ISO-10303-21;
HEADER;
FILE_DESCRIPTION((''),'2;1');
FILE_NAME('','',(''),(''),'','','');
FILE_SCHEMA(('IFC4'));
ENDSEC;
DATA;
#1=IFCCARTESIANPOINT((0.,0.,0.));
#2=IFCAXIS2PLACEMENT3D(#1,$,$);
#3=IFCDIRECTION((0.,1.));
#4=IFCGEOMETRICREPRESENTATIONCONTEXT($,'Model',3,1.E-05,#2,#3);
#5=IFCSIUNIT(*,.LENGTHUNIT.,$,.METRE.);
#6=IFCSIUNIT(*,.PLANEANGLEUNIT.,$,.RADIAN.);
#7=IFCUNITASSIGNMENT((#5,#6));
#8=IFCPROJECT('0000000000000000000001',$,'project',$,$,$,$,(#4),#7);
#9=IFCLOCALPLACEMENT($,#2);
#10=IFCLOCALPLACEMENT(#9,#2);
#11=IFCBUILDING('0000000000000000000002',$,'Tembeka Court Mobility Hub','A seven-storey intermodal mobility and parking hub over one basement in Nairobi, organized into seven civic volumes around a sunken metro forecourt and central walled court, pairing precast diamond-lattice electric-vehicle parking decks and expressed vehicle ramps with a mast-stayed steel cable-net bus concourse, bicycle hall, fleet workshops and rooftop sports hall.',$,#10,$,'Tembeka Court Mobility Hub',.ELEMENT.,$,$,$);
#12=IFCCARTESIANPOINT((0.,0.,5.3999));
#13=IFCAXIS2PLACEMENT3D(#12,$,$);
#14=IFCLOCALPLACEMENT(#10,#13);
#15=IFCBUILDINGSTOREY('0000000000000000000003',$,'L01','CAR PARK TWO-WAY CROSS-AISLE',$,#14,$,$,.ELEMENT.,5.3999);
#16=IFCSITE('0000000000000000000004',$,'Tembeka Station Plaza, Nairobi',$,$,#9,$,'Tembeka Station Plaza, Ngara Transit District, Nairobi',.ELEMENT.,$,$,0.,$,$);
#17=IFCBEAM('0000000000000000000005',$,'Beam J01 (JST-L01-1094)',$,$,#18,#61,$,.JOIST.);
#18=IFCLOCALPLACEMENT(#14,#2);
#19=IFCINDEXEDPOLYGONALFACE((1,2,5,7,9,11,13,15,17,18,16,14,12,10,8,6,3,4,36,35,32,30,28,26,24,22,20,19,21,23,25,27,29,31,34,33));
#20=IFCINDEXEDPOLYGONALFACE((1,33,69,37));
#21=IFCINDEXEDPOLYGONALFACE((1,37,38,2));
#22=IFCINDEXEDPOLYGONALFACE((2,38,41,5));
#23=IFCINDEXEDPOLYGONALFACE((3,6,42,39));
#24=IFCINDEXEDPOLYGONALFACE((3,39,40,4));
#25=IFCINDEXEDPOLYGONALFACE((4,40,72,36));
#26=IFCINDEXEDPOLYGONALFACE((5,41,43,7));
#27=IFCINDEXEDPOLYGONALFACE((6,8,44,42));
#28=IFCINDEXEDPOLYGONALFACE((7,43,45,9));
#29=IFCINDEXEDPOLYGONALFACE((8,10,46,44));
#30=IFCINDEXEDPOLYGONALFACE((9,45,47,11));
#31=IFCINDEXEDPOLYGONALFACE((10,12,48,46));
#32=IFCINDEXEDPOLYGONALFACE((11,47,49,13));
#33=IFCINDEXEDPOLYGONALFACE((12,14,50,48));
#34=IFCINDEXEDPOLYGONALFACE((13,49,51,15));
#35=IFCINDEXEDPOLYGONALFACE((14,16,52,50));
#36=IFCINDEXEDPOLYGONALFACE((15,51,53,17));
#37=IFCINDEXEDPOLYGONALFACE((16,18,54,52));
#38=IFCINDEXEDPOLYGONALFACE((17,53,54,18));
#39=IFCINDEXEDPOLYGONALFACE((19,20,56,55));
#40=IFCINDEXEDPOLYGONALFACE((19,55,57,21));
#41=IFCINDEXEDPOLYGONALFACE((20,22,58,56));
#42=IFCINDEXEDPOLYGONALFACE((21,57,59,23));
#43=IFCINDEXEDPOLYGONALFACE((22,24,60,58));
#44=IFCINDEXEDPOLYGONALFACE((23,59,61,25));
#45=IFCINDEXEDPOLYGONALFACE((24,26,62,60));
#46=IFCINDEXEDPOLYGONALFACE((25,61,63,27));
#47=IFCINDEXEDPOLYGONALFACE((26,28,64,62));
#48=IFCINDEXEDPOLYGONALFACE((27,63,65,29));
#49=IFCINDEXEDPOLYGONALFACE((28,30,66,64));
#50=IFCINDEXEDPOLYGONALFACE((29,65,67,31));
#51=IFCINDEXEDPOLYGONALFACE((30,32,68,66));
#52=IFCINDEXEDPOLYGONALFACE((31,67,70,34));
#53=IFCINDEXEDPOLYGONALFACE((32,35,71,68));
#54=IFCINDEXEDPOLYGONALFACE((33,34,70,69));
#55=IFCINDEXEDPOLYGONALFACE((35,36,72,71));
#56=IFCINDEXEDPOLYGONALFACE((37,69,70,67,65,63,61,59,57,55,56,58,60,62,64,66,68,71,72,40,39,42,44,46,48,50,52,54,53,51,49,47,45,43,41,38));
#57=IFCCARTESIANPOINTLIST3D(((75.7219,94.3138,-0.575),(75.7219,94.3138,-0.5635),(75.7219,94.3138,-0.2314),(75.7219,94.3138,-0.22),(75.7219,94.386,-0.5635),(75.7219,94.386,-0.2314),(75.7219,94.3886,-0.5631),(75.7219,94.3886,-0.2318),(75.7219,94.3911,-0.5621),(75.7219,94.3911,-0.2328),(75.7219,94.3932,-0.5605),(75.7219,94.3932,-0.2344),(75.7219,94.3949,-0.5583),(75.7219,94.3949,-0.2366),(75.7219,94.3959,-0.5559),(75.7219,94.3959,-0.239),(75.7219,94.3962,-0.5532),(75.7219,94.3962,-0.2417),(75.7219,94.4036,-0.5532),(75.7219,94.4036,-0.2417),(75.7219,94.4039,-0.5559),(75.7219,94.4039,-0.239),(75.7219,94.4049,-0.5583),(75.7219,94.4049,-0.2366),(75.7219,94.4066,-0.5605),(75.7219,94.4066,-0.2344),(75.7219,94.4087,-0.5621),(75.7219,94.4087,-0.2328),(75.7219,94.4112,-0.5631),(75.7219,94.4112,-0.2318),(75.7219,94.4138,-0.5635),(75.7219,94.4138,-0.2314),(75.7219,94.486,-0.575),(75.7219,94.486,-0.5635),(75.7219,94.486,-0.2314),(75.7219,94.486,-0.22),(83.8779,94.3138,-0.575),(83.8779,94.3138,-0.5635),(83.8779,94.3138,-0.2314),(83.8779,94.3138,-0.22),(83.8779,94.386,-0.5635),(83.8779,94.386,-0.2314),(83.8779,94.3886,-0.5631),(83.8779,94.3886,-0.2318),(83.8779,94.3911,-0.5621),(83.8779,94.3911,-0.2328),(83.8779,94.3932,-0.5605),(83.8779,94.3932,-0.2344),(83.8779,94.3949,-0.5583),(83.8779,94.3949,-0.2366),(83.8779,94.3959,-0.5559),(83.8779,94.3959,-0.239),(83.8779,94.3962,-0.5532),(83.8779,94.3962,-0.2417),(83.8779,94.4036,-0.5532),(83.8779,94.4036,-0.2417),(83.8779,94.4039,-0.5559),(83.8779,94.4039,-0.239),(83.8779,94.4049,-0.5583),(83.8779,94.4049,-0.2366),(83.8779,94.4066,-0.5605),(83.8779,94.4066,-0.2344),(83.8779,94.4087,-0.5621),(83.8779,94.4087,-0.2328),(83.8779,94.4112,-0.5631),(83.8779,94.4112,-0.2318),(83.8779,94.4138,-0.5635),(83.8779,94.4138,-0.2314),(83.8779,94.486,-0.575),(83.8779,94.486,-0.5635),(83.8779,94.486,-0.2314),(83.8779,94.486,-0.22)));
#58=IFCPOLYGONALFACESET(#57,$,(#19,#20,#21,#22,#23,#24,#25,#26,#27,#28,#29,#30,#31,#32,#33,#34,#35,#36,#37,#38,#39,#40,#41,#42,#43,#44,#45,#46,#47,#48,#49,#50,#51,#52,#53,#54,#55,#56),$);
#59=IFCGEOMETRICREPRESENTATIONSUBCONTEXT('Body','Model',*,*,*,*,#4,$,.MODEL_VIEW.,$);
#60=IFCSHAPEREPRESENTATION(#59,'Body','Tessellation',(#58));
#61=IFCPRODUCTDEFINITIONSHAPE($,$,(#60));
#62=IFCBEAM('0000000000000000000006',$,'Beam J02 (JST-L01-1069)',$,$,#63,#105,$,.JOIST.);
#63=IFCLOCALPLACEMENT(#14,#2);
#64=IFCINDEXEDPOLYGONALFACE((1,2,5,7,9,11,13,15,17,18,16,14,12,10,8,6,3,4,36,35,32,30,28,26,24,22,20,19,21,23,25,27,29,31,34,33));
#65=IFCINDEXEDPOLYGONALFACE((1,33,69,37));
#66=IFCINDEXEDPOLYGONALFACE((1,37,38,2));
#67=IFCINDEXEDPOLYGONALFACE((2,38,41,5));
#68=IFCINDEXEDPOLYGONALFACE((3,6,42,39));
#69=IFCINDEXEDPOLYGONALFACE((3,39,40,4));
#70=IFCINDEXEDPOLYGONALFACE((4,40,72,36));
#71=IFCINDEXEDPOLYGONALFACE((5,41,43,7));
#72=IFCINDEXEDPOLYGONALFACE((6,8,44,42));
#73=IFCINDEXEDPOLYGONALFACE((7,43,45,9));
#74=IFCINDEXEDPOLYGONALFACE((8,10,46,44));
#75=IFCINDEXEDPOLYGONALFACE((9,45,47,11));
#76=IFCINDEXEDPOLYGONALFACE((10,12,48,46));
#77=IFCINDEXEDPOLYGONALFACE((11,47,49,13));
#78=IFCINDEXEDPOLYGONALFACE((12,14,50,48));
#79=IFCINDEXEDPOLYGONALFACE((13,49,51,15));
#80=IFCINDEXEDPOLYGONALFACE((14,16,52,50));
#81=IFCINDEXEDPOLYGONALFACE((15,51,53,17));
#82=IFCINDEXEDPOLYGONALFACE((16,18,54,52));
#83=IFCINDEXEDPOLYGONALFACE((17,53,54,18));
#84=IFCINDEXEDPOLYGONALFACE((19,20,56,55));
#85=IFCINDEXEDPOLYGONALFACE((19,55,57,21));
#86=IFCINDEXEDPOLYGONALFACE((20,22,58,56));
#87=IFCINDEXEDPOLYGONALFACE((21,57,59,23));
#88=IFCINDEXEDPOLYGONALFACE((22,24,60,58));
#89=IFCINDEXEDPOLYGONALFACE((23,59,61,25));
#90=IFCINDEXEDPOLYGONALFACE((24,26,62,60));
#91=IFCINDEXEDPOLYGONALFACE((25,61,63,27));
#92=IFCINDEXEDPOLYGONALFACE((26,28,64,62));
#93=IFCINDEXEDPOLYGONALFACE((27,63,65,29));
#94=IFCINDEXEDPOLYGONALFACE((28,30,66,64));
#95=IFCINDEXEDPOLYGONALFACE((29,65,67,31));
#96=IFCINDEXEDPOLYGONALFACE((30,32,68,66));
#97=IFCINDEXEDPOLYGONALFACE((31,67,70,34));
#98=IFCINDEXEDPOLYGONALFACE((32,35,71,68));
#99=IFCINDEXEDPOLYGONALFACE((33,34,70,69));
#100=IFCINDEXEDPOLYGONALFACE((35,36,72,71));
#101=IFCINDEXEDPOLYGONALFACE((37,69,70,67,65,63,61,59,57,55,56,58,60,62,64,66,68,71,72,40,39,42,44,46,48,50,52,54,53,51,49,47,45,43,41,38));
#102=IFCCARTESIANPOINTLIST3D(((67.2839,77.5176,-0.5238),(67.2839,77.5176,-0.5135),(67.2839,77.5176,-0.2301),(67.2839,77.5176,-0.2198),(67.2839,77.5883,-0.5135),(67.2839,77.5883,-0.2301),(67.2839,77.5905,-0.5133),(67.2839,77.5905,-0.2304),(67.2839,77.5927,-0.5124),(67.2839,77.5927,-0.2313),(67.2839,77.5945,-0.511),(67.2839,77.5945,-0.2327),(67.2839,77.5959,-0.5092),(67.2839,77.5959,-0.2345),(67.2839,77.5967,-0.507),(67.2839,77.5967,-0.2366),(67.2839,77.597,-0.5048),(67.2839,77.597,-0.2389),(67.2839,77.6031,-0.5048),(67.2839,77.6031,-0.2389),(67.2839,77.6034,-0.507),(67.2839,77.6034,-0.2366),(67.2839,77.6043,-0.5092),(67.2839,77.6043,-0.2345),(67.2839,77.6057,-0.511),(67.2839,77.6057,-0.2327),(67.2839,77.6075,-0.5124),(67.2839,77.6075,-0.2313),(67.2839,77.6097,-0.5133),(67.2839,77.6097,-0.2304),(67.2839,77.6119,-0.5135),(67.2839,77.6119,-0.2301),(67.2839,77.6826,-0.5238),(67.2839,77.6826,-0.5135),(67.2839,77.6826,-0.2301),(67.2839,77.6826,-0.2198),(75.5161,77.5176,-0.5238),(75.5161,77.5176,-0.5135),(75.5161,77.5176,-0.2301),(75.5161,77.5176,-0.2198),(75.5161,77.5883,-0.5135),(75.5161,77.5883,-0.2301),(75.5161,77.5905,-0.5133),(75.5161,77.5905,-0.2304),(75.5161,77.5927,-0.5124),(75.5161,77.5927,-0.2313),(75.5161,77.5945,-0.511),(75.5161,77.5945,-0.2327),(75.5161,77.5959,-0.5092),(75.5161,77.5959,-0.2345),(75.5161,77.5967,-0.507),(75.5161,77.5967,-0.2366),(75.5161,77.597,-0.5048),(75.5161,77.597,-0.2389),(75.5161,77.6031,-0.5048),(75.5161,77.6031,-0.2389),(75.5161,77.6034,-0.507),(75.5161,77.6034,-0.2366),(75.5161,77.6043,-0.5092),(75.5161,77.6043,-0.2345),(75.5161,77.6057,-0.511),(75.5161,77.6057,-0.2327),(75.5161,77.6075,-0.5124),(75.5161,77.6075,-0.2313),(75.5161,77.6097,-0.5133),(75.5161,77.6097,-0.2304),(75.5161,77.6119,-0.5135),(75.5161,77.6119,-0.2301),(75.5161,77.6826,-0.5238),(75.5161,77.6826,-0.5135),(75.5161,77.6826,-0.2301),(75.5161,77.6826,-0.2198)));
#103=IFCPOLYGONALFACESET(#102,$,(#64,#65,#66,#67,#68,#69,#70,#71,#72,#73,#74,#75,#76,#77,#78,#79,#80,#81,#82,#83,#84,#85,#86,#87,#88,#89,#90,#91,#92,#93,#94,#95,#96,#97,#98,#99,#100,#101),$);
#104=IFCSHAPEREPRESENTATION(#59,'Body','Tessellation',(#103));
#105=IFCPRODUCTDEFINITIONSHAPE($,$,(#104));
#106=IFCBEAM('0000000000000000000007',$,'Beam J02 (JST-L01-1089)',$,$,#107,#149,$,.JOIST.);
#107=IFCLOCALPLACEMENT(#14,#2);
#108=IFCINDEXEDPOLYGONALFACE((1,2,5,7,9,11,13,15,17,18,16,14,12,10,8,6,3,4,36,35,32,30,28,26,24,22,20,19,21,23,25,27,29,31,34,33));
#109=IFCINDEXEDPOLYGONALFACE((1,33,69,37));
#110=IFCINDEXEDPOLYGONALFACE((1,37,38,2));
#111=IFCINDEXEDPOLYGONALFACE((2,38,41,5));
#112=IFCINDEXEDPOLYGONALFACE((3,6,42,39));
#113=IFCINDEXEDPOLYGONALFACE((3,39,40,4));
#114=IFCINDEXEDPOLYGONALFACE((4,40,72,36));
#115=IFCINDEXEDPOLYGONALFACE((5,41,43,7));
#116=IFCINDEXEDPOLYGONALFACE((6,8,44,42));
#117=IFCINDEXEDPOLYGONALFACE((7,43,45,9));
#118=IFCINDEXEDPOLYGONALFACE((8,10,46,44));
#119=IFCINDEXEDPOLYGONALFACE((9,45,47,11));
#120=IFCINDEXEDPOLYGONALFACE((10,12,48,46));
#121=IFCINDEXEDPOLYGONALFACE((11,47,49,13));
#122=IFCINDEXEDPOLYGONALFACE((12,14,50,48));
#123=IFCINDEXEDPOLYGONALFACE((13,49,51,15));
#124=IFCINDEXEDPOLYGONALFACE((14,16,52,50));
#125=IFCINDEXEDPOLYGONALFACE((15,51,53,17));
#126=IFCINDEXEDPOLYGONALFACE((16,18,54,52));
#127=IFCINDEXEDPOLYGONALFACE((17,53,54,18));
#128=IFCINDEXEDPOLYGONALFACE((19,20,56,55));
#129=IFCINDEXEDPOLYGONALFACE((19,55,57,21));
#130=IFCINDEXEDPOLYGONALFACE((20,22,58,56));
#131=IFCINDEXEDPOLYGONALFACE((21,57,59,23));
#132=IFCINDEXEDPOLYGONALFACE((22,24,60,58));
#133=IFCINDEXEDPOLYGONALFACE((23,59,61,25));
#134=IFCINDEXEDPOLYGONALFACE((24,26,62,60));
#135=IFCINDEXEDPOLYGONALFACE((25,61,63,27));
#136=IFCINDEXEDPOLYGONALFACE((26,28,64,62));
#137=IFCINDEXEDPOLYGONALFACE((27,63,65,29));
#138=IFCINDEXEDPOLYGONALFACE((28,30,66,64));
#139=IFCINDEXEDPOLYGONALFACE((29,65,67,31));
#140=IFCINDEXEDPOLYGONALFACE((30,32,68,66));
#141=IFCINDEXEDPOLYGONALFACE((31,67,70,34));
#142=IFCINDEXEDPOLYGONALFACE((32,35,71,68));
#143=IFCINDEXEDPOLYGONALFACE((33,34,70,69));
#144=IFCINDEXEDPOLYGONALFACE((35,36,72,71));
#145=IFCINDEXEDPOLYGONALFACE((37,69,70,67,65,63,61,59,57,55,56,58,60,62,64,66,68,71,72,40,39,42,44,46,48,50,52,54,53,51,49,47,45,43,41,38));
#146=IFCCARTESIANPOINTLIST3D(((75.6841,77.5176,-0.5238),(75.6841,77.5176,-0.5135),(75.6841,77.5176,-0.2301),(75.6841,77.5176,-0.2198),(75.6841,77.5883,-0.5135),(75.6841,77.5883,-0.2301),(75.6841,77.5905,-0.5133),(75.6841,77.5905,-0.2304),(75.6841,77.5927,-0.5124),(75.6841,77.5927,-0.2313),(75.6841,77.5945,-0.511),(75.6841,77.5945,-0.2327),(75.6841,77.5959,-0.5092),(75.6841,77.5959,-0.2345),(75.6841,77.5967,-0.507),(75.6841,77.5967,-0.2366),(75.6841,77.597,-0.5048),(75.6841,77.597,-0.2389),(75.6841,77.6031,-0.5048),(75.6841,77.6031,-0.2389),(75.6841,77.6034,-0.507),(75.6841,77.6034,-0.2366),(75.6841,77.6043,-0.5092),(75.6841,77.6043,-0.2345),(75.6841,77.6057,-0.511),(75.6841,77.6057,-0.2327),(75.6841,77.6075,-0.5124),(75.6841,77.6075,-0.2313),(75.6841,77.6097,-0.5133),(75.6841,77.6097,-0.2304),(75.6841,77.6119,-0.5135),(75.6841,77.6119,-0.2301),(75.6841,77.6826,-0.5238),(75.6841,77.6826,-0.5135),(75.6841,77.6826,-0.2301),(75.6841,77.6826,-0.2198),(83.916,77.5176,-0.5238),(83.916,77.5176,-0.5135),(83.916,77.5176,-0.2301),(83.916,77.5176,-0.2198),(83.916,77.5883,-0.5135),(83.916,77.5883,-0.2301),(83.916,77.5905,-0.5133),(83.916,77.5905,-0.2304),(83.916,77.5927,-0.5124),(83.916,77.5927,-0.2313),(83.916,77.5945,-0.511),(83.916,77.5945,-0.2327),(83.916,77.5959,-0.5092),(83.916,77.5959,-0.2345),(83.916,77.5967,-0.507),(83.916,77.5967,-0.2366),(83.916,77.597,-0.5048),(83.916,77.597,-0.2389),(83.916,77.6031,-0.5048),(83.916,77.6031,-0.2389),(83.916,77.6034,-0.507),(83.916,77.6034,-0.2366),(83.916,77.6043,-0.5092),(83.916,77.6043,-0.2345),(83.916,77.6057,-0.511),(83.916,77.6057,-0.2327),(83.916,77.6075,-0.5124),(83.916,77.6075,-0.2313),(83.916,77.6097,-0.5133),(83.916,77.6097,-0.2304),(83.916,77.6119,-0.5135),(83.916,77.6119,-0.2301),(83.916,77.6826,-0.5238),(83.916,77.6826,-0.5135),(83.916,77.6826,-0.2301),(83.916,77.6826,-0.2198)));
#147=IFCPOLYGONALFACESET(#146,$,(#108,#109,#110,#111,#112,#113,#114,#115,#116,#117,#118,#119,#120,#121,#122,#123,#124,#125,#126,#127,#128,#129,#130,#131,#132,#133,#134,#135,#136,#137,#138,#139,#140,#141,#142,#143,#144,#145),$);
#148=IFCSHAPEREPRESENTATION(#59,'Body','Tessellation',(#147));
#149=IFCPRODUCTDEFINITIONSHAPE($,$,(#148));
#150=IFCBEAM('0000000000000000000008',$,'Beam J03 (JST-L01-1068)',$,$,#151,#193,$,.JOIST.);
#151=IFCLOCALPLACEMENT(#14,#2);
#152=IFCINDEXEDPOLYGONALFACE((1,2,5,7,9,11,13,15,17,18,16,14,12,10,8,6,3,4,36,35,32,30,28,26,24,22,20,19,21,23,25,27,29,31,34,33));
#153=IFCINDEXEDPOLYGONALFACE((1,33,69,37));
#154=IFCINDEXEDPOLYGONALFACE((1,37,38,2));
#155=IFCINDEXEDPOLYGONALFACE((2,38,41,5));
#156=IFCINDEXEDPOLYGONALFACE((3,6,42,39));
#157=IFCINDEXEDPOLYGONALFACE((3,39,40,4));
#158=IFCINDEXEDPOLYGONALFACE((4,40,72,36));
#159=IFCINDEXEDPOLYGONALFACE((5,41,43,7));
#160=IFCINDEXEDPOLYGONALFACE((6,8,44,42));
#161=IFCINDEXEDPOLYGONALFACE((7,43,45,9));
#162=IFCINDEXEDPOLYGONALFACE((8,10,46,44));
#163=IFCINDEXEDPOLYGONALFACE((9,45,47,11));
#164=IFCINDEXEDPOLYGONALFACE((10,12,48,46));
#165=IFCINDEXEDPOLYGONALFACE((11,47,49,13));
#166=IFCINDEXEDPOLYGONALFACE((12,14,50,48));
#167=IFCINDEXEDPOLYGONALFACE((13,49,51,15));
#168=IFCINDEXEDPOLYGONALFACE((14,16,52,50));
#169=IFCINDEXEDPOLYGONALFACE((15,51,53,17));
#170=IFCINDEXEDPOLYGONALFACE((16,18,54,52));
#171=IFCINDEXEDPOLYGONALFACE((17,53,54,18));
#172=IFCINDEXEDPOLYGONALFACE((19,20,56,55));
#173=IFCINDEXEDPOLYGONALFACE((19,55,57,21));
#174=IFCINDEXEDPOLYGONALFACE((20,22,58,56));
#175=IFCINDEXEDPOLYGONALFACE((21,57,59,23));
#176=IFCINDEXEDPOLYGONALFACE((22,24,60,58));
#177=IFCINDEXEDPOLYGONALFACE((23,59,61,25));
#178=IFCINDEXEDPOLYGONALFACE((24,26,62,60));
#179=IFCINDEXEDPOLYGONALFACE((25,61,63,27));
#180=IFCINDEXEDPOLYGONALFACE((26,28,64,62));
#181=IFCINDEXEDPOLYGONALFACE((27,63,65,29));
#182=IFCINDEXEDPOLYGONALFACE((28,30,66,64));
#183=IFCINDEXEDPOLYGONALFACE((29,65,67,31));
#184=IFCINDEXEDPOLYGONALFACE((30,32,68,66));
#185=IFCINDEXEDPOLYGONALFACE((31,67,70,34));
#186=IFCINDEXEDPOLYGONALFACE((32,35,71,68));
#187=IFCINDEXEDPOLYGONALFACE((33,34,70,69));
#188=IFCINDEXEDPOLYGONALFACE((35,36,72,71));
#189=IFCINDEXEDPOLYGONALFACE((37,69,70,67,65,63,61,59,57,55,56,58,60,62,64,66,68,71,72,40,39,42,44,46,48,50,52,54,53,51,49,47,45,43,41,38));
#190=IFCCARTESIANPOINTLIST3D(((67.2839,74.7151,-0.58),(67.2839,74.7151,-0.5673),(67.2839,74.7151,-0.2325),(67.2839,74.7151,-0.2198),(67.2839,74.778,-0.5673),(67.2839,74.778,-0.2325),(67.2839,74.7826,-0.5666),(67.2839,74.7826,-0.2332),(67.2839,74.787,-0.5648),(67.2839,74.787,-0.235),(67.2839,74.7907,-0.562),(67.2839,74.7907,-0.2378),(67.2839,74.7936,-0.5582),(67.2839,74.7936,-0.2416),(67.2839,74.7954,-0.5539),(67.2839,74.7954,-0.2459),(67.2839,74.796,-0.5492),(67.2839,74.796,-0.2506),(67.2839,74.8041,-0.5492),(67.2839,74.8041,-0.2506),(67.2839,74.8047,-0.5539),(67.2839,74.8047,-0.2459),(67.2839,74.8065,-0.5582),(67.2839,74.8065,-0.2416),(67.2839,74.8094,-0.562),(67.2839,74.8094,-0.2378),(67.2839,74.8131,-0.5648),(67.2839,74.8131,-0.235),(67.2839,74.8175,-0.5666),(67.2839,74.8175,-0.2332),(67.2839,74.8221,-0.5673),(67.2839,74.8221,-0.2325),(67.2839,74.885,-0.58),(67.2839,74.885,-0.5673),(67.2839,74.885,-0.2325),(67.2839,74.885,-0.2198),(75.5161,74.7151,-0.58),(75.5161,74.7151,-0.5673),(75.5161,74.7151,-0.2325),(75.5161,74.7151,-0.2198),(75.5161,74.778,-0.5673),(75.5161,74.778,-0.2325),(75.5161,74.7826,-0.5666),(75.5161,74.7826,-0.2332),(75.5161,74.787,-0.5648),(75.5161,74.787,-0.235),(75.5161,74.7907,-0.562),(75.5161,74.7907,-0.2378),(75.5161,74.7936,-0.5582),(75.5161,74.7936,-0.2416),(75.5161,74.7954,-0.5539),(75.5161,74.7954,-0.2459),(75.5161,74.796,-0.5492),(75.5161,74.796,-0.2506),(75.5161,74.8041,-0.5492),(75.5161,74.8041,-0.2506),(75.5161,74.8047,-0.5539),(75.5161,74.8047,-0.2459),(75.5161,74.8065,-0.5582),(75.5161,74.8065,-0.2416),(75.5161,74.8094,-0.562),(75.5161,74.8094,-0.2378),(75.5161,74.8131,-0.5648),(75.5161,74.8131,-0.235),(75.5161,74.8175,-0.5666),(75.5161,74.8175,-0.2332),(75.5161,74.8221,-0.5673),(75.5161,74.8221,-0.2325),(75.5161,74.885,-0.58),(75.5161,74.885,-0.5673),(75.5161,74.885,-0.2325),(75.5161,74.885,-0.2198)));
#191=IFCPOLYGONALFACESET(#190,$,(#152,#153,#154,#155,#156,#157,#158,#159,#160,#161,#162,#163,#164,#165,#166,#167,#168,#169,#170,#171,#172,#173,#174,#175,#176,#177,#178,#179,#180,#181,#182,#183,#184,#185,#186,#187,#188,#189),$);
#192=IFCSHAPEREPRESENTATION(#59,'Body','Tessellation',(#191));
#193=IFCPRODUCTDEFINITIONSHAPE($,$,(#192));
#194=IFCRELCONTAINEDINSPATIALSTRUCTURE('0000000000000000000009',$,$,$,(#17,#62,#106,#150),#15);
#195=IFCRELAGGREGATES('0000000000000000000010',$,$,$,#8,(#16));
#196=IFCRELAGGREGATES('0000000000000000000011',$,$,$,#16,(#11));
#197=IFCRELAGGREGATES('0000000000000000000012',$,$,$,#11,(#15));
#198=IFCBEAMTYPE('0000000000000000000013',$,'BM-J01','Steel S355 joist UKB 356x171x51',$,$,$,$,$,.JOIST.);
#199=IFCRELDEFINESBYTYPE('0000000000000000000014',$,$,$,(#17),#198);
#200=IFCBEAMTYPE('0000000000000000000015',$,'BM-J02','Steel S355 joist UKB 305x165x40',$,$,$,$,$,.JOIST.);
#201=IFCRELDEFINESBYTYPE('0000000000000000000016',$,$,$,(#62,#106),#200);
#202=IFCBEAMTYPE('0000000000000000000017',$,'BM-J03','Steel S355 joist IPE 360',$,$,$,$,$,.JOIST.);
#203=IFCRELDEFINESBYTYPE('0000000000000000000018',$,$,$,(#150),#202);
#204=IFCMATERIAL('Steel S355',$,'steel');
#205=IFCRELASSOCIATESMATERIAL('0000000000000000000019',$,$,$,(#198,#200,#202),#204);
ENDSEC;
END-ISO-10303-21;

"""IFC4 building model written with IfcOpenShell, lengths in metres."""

from ifc_helpers import new_model, si_unit, direction, frame, origin, origin_2d, place, context, subcontext, project, spatial, i_section, extrude, material, material_profile, profile_set, type_object, element, save


model = new_model("IFC4")

# Units and contexts
model_context = context("Model", 3, precision=1e-05, world=origin(), true_north=direction((0.0, 1.0)))
body_context = subcontext(model_context, "Body", "Model", "MODEL_VIEW")
ifc_project = project(units=[si_unit("LENGTHUNIT", "METRE"), si_unit("PLANEANGLEUNIT", "RADIAN")], contexts=[model_context])

# Site, building, storey
site_placement = place(None, origin())
site = spatial("IfcSite", under=ifc_project, at=site_placement, Name="Tembeka Station Plaza, Nairobi", LongName="Tembeka Station Plaza, Ngara Transit District, Nairobi", CompositionType="ELEMENT", RefElevation=0.0)
building_placement = place(site_placement, origin())
building = spatial("IfcBuilding", under=site, at=building_placement, Name="Tembeka Court Mobility Hub", Description="A seven-storey intermodal mobility and parking hub over one basement in Nairobi, organized into seven civic volumes around a sunken metro forecourt and central walled court, pairing precast diamond-lattice electric-vehicle parking decks and expressed vehicle ramps with a mast-stayed steel cable-net bus concourse, bicycle hall, fleet workshops and rooftop sports hall.", LongName="Tembeka Court Mobility Hub", CompositionType="ELEMENT")
storey_placement = place(building_placement, frame((0.0, 0.0, 5.3999)))
storey = spatial("IfcBuildingStorey", under=building, at=storey_placement, Name="L01", Description="CAR PARK TWO-WAY CROSS-AISLE", CompositionType="ELEMENT", Elevation=5.3999)

# Shared definitions
ifc_material = material(Name="Steel S355", Category="steel")

# Beams
ifc_material_profile_1 = material_profile(ifc_material, i_section(OverallWidth=0.1721, OverallDepth=0.355, WebThickness=0.0073, FlangeThickness=0.0115, FilletRadius=0.0103, at=origin_2d()), Name="UKB 356x171x51")
ifc_profile_set_1 = profile_set([ifc_material_profile_1], Name="Steel S355")
beam_type_1 = type_object("IfcBeamType", Name="BM-J01", Description="Steel S355 joist UKB 356x171x51", PredefinedType="JOIST", material=ifc_profile_set_1)
for number, where, z_axis, x_axis, name in (
    (1, (75.7219, 94.3999, -0.3975), (1.0, 0.0, 0.0), (0.0, 1.0, 0.0), "Beam J01 (JST-L01-1094)"),
):
    element("IfcBeam", number, at=place(storey_placement, frame(where, z_axis=z_axis, x_axis=x_axis)), inside=storey, type_object=beam_type_1, Name=name, PredefinedType="JOIST", context=body_context, shape_type="SweptSolid", body=[
        extrude(i_section(OverallWidth=0.1721, OverallDepth=0.355, WebThickness=0.0073, FlangeThickness=0.0115, FilletRadius=0.0103, at=origin_2d()), origin(), (0.0, 0.0, 1.0), 8.156),
    ])
ifc_material_profile_2 = material_profile(ifc_material, i_section(OverallWidth=0.165, OverallDepth=0.304, WebThickness=0.0061, FlangeThickness=0.0103, FilletRadius=0.0088, at=origin_2d()), Name="UKB 305x165x40")
ifc_profile_set_2 = profile_set([ifc_material_profile_2], Name="Steel S355")
beam_type_2 = type_object("IfcBeamType", Name="BM-J02", Description="Steel S355 joist UKB 305x165x40", PredefinedType="JOIST", material=ifc_profile_set_2)
beam_1_placement = place(storey_placement, frame((67.2839, 77.6001, -0.3718), z_axis=(1.0, 0.0, 0.0), x_axis=(0.0, 1.0, 0.0)))
element("IfcBeam", 2, at=beam_1_placement, inside=storey, type_object=beam_type_2, Name="Beam J02 (JST-L01-1069)", PredefinedType="JOIST", context=body_context, shape_type="SweptSolid", body=[
    extrude(i_section(OverallWidth=0.165, OverallDepth=0.304, WebThickness=0.0061, FlangeThickness=0.0103, FilletRadius=0.0088, at=origin_2d()), origin(), (0.0, 0.0, 1.0), 8.2322),
])
beam_2_placement = place(storey_placement, frame((75.6841, 77.6001, -0.3718), z_axis=(1.0, 0.0, 0.0), x_axis=(0.0, 1.0, 0.0)))
element("IfcBeam", 3, at=beam_2_placement, inside=storey, type_object=beam_type_2, Name="Beam J02 (JST-L01-1089)", PredefinedType="JOIST", context=body_context, shape_type="SweptSolid", body=[
    extrude(i_section(OverallWidth=0.165, OverallDepth=0.304, WebThickness=0.0061, FlangeThickness=0.0103, FilletRadius=0.0088, at=origin_2d()), origin(), (0.0, 0.0, 1.0), 8.2319),
])
ifc_material_profile_3 = material_profile(ifc_material, i_section(OverallWidth=0.1699, OverallDepth=0.3601, WebThickness=0.0081, FlangeThickness=0.0127, FilletRadius=0.0181, at=origin_2d()), Name="IPE 360")
ifc_profile_set_3 = profile_set([ifc_material_profile_3], Name="Steel S355")
beam_type_3 = type_object("IfcBeamType", Name="BM-J03", Description="Steel S355 joist IPE 360", PredefinedType="JOIST", material=ifc_profile_set_3)
beam_3_placement = place(storey_placement, frame((67.2839, 74.8, -0.3999), z_axis=(1.0, 0.0, 0.0), x_axis=(0.0, 1.0, 0.0)))
element("IfcBeam", 4, at=beam_3_placement, inside=storey, type_object=beam_type_3, Name="Beam J03 (JST-L01-1068)", PredefinedType="JOIST", context=body_context, shape_type="SweptSolid", body=[
    extrude(i_section(OverallWidth=0.1699, OverallDepth=0.3601, WebThickness=0.0081, FlangeThickness=0.0127, FilletRadius=0.0181, at=origin_2d()), origin(), (0.0, 0.0, 1.0), 8.2322),
])

save(model, "model.ifc")
